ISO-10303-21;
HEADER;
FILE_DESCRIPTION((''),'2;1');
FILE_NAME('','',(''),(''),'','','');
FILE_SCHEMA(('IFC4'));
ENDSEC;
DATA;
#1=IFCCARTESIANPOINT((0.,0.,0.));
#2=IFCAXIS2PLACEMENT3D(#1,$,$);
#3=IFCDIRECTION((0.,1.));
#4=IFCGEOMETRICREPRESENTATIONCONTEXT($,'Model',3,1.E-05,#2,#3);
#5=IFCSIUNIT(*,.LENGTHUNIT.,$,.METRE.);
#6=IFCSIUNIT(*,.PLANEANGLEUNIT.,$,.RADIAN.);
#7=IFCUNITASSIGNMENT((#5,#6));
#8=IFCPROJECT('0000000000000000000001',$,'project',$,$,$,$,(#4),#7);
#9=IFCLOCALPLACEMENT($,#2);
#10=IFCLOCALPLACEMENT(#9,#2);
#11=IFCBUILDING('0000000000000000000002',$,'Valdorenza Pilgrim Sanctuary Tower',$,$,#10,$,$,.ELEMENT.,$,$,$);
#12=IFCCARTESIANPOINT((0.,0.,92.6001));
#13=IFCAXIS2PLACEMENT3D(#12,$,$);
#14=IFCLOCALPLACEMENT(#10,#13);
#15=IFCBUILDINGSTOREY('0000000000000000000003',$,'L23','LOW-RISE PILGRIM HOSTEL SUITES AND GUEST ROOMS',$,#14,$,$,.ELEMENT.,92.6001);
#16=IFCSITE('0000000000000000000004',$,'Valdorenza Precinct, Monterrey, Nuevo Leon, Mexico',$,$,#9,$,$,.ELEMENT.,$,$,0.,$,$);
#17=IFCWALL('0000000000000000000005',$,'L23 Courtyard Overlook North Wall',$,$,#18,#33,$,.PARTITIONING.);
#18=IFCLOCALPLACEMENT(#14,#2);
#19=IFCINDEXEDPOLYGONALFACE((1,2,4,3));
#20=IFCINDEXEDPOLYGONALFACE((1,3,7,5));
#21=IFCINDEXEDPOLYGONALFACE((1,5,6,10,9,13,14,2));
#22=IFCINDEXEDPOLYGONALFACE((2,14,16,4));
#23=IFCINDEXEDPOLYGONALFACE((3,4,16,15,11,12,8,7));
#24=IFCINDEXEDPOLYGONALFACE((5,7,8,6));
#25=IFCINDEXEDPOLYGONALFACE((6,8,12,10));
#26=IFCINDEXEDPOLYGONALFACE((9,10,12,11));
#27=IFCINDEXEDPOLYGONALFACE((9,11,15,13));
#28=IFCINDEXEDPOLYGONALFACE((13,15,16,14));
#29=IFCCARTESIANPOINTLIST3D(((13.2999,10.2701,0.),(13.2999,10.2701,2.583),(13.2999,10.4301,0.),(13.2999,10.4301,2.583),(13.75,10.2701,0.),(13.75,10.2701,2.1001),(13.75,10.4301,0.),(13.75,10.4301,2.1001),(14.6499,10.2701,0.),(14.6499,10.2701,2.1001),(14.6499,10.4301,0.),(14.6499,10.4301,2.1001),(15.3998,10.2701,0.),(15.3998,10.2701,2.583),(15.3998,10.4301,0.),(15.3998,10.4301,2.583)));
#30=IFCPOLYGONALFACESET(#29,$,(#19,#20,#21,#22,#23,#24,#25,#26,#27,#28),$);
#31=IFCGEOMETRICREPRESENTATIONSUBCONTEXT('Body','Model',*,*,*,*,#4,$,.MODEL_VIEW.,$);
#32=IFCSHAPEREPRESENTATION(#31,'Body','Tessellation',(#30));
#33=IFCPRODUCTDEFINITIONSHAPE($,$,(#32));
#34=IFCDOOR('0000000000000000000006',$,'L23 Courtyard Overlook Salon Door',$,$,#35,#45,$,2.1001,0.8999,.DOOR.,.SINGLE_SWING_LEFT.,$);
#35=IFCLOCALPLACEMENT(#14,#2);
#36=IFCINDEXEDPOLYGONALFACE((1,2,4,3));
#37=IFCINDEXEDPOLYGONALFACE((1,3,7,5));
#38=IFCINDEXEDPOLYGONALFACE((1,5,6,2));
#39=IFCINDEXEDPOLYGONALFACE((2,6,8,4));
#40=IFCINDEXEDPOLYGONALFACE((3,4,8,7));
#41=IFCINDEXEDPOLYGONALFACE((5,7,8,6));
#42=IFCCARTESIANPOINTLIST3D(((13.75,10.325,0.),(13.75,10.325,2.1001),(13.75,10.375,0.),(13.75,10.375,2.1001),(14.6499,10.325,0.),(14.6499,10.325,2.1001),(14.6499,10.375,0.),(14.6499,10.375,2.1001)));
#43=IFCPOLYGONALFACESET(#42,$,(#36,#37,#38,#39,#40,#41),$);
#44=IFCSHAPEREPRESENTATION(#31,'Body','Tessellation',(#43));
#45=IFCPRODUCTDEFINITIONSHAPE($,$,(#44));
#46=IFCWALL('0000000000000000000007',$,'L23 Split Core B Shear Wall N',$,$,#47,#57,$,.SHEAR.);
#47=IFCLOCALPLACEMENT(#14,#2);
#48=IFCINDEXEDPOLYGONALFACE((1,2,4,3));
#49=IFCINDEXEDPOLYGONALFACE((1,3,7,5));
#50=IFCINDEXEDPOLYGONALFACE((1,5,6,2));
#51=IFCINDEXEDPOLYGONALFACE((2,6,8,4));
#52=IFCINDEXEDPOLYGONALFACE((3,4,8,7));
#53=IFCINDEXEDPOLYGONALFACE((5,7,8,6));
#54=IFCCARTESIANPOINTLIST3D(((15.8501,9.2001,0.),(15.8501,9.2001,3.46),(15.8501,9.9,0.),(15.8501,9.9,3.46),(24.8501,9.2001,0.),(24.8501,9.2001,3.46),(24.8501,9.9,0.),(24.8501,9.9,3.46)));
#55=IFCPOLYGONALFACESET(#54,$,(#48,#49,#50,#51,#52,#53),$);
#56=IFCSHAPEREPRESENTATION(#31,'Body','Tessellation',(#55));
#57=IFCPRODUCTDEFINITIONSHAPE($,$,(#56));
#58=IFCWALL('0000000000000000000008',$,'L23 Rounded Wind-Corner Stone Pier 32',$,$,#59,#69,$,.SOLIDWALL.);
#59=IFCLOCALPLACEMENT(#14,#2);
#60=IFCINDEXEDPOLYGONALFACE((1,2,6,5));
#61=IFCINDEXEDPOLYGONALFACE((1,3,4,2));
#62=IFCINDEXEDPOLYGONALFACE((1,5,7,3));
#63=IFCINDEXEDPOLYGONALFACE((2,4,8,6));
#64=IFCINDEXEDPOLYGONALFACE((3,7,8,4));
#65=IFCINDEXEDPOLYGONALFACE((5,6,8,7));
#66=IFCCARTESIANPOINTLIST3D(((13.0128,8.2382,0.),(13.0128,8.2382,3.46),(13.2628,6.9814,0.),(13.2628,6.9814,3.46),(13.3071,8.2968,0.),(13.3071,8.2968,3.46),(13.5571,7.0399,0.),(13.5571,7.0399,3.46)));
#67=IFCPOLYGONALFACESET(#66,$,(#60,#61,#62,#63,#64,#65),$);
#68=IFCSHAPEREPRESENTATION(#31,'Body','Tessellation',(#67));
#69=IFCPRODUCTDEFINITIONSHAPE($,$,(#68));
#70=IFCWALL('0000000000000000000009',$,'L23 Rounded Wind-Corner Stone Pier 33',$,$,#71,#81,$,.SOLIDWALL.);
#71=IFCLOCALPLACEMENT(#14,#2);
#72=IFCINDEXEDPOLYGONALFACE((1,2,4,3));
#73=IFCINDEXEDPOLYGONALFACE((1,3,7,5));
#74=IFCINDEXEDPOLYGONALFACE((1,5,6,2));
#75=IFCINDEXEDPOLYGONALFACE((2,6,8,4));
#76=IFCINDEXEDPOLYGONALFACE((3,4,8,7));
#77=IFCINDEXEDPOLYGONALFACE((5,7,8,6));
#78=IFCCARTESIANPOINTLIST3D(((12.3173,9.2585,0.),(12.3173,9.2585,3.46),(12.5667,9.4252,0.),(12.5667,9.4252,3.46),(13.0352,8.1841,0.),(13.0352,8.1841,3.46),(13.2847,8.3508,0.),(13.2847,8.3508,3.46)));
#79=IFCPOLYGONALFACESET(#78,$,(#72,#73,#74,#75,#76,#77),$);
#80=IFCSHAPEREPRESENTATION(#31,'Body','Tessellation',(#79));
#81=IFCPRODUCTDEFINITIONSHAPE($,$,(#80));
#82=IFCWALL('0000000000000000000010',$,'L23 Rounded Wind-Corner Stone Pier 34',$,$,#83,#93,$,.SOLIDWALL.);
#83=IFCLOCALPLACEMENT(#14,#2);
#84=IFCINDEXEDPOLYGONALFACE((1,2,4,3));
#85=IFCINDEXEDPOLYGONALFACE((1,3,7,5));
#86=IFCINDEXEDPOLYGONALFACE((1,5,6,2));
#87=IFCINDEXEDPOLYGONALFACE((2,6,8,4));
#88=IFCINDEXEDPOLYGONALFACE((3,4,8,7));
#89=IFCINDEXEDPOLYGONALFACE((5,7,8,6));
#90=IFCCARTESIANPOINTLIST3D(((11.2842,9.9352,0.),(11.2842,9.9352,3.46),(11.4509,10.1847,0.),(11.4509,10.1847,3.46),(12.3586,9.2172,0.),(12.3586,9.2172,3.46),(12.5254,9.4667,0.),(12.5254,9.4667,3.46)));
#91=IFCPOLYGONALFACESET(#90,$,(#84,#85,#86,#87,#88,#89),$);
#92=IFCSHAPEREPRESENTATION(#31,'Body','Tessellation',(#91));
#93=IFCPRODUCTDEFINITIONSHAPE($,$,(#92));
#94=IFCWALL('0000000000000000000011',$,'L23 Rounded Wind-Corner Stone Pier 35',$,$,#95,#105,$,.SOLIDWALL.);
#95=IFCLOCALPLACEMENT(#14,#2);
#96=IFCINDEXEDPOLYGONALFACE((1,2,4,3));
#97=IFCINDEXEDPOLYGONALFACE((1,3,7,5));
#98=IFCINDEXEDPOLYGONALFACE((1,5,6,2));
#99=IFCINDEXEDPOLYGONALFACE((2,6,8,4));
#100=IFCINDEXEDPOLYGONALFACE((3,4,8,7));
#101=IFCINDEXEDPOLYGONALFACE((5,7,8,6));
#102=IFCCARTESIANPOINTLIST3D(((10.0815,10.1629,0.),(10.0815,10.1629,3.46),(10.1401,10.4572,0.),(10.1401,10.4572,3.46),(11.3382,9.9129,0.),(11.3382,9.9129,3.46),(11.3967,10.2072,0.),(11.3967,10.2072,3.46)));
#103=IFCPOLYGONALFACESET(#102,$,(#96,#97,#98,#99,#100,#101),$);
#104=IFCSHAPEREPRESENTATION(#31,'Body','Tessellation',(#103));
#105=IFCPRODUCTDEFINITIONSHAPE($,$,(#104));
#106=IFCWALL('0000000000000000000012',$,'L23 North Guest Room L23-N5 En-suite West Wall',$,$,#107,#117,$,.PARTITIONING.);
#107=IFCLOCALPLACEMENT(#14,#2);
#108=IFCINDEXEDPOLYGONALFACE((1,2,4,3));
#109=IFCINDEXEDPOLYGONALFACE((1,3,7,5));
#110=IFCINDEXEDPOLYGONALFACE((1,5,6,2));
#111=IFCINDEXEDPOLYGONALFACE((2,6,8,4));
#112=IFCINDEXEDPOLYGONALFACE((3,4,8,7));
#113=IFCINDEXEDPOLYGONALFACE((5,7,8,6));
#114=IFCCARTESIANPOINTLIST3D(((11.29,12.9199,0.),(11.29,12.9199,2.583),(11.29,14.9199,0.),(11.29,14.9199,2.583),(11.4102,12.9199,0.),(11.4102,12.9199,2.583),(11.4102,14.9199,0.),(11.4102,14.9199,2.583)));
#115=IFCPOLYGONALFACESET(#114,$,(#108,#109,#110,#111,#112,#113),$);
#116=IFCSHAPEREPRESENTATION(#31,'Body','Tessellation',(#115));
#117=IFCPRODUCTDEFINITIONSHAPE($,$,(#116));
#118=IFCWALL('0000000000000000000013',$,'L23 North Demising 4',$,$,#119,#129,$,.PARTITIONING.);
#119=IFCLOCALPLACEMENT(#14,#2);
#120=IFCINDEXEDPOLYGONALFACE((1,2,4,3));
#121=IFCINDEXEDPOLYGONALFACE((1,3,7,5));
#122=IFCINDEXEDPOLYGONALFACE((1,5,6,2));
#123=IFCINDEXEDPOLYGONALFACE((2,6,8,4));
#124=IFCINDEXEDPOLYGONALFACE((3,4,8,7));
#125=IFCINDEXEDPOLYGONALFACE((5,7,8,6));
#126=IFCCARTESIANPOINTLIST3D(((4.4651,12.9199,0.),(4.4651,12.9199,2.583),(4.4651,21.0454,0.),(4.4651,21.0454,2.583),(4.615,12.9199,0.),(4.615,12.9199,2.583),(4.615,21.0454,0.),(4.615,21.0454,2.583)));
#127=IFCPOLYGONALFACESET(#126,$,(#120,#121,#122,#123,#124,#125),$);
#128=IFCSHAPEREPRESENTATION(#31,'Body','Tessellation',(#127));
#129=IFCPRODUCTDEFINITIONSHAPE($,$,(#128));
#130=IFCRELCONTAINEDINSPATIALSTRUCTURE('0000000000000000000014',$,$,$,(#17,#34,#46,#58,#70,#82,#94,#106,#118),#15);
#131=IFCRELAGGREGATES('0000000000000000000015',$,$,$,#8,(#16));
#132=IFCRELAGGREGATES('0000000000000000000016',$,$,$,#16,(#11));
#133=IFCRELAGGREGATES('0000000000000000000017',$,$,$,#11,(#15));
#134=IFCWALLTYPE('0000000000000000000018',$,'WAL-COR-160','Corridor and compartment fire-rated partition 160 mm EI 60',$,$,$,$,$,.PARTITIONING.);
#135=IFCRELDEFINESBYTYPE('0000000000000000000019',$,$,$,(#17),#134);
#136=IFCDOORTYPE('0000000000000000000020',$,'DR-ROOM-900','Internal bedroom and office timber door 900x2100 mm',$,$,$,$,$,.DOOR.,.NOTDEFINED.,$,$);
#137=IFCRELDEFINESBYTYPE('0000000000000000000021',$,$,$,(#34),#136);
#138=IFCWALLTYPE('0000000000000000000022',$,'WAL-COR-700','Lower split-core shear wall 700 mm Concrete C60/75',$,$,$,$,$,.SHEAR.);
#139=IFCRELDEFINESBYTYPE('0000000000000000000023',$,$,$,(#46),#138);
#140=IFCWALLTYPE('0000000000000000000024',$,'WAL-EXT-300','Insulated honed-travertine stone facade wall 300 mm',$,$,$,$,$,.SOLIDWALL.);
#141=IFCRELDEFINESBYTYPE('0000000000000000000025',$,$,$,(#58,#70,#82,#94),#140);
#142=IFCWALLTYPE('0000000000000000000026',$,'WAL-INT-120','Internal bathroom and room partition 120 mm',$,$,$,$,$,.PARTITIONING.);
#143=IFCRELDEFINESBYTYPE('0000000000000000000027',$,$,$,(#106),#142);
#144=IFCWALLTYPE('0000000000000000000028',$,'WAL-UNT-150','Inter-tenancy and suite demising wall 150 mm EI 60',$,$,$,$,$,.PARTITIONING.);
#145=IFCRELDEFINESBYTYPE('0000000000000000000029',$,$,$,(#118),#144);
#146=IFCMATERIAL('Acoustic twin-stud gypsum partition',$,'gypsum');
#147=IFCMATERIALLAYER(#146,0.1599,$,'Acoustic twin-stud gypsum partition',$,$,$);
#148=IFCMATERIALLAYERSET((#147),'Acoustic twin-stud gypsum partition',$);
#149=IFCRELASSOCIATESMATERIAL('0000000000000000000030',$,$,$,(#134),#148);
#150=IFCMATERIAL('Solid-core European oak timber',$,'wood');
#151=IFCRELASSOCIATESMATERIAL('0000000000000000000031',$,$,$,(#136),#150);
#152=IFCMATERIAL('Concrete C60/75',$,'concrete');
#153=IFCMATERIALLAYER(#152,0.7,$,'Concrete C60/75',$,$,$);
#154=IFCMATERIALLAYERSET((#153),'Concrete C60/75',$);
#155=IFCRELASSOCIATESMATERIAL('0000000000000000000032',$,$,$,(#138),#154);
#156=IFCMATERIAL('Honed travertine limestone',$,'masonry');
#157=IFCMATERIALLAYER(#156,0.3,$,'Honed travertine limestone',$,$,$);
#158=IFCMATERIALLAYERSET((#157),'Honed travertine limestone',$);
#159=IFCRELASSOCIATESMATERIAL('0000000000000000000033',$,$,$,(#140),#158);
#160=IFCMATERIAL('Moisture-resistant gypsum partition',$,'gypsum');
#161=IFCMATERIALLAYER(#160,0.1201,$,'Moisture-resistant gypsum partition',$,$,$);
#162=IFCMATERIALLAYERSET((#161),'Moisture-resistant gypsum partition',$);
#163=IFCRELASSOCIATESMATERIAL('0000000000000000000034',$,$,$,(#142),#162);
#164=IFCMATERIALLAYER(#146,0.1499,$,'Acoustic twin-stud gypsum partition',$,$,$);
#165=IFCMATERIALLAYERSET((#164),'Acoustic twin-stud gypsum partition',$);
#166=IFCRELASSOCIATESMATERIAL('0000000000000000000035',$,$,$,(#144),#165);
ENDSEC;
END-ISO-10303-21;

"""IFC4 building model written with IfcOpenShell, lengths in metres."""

from ifc_helpers import new_model, si_unit, direction, frame, frame_2d, origin, place, context, subcontext, project, spatial, rectangle, extrude, material, layer, layer_set, type_object, element, fill, save


model = new_model("IFC4")

# Units and contexts
model_context = context("Model", 3, precision=1e-05, world=origin(), true_north=direction((0.0, 1.0)))
body_context = subcontext(model_context, "Body", "Model", "MODEL_VIEW")
ifc_project = project(units=[si_unit("LENGTHUNIT", "METRE"), si_unit("PLANEANGLEUNIT", "RADIAN")], contexts=[model_context])

# Site, building, storey
site_placement = place(None, origin())
site = spatial("IfcSite", under=ifc_project, at=site_placement, Name="Valdorenza Precinct, Monterrey, Nuevo Leon, Mexico", CompositionType="ELEMENT", RefElevation=0.0)
building_placement = place(site_placement, origin())
building = spatial("IfcBuilding", under=site, at=building_placement, Name="Valdorenza Pilgrim Sanctuary Tower", CompositionType="ELEMENT")
storey_placement = place(building_placement, frame((0.0, 0.0, 92.6001)))
storey = spatial("IfcBuildingStorey", under=building, at=storey_placement, Name="L23", Description="LOW-RISE PILGRIM HOSTEL SUITES AND GUEST ROOMS", CompositionType="ELEMENT", Elevation=92.6001)

# Shared definitions
ifc_material_1 = material(Name="Honed travertine limestone", Category="masonry")

# Shared definitions
ifc_material_2 = material(Name="Acoustic twin-stud gypsum partition", Category="gypsum")
ifc_layer_1 = layer(ifc_material_2, 0.1599, Name="Acoustic twin-stud gypsum partition")
ifc_layer_set_1 = layer_set([ifc_layer_1], Name="Acoustic twin-stud gypsum partition")
wall_type_1 = type_object("IfcWallType", Name="WAL-COR-160", Description="Corridor and compartment fire-rated partition 160 mm EI 60", PredefinedType="PARTITIONING", material=ifc_layer_set_1)
ifc_material_3 = material(Name="Solid-core European oak timber", Category="wood")

# Wall, opening, door
wall_1_placement = place(storey_placement, frame((13.3, 10.3501, 0.0), z_axis=(0.0, 0.0, 1.0), x_axis=(1.0, 0.0, 0.0)))
wall_1 = element("IfcWall", 1, at=wall_1_placement, inside=storey, type_object=wall_type_1, Name="L23 Courtyard Overlook North Wall", PredefinedType="PARTITIONING", context=body_context, shape_type="SweptSolid", body=[
    extrude(rectangle(XDim=2.0999, YDim=0.1599, at=frame_2d((1.0498, 0.0))), origin(), (0.0, 0.0, 1.0), 2.583),
])
opening_1_placement = place(wall_1_placement, frame((0.45, 0.0, 0.0)))
opening_1 = element("IfcOpeningElement", 2, at=opening_1_placement, cuts=wall_1, PredefinedType="OPENING", context=body_context, shape_type="SweptSolid", body=[
    extrude(rectangle(XDim=0.8999, YDim=2.1001, at=frame_2d((0.45, 1.05))), frame((0.0, 0.0947, 0.0), z_axis=(0.0, -1.0, 0.0), x_axis=(1.0, 0.0, 0.0)), (0.0, 0.0, 1.0), 0.1897),
])
door_type_1 = type_object("IfcDoorType", Name="DR-ROOM-900", Description="Internal bedroom and office timber door 900x2100 mm", OperationType="NOTDEFINED", PredefinedType="DOOR", material=ifc_material_3)
door_1_placement = place(opening_1_placement, origin())
door_1 = element("IfcDoor", 3, at=door_1_placement, inside=storey, type_object=door_type_1, Name="L23 Courtyard Overlook Salon Door", OperationType="SINGLE_SWING_LEFT", OverallHeight=2.1001, OverallWidth=0.8999, PredefinedType="DOOR", context=body_context, shape_type="SweptSolid", body=[
    extrude(rectangle(XDim=0.8999, YDim=2.1001, at=frame_2d((0.45, 1.05))), frame((0.0, 0.0249, 0.0), z_axis=(0.0, -1.0, 0.0), x_axis=(1.0, 0.0, 0.0)), (0.0, 0.0, 1.0), 0.05),
])
fill(opening_1, door_1)

# Walls
ifc_material_4 = material(Name="Concrete C60/75", Category="concrete")
ifc_layer_2 = layer(ifc_material_4, 0.7, Name="Concrete C60/75")
ifc_layer_set_2 = layer_set([ifc_layer_2], Name="Concrete C60/75")
wall_type_2 = type_object("IfcWallType", Name="WAL-COR-700", Description="Lower split-core shear wall 700 mm Concrete C60/75", PredefinedType="SHEAR", material=ifc_layer_set_2)
wall_2_placement = place(storey_placement, frame((15.8501, 9.55, 0.0), z_axis=(0.0, 0.0, 1.0), x_axis=(1.0, 0.0, 0.0)))
element("IfcWall", 4, at=wall_2_placement, inside=storey, type_object=wall_type_2, Name="L23 Split Core B Shear Wall N", PredefinedType="SHEAR", context=body_context, shape_type="SweptSolid", body=[
    extrude(rectangle(XDim=9.0, YDim=0.7, at=frame_2d((4.5, 0.0))), origin(), (0.0, 0.0, 1.0), 3.46),
])
ifc_layer_3 = layer(ifc_material_1, 0.3, Name="Honed travertine limestone")
ifc_layer_set_3 = layer_set([ifc_layer_3], Name="Honed travertine limestone")
wall_type_3 = type_object("IfcWallType", Name="WAL-EXT-300", Description="Insulated honed-travertine stone facade wall 300 mm", PredefinedType="SOLIDWALL", material=ifc_layer_set_3)
wall_3_placement = place(storey_placement, frame((13.4099, 7.0107, 0.0), z_axis=(0.0, 0.0, 1.0), x_axis=(-0.19509, 0.980785, 0.0)))
element("IfcWall", 5, at=wall_3_placement, inside=storey, type_object=wall_type_3, Name="L23 Rounded Wind-Corner Stone Pier 32", PredefinedType="SOLIDWALL", context=body_context, shape_type="SweptSolid", body=[
    extrude(rectangle(XDim=1.2815, YDim=0.3, at=frame_2d((0.6406, 0.0))), origin(), (0.0, 0.0, 1.0), 3.46),
])
for number, where, z_axis, x_axis, name in (
    (6, (13.1599, 8.2676, 0.0), (0.0, 0.0, 1.0), (-0.555615, 0.831439, 0.0), "L23 Rounded Wind-Corner Stone Pier 33"),
    (7, (12.4419, 9.342, 0.0), (0.0, 0.0, 1.0), (-0.831439, 0.555615, 0.0), "L23 Rounded Wind-Corner Stone Pier 34"),
):
    element("IfcWall", number, at=place(storey_placement, frame(where, z_axis=z_axis, x_axis=x_axis)), inside=storey, type_object=wall_type_3, Name=name, PredefinedType="SOLIDWALL", context=body_context, shape_type="SweptSolid", body=[
        extrude(rectangle(XDim=1.2922, YDim=0.3, at=frame_2d((0.646, 0.0))), origin(), (0.0, 0.0, 1.0), 3.46),
    ])
wall_4_placement = place(storey_placement, frame((11.3674, 10.0601, 0.0), z_axis=(0.0, 0.0, 1.0), x_axis=(-0.980778, 0.195127, 0.0)))
element("IfcWall", 8, at=wall_4_placement, inside=storey, type_object=wall_type_3, Name="L23 Rounded Wind-Corner Stone Pier 35", PredefinedType="SOLIDWALL", context=body_context, shape_type="SweptSolid", body=[
    extrude(rectangle(XDim=1.2812, YDim=0.3, at=frame_2d((0.6406, 0.0))), origin(), (0.0, 0.0, 1.0), 3.46),
])
ifc_material_5 = material(Name="Moisture-resistant gypsum partition", Category="gypsum")
ifc_layer_4 = layer(ifc_material_5, 0.1201, Name="Moisture-resistant gypsum partition")
ifc_layer_set_4 = layer_set([ifc_layer_4], Name="Moisture-resistant gypsum partition")
wall_type_4 = type_object("IfcWallType", Name="WAL-INT-120", Description="Internal bathroom and room partition 120 mm", PredefinedType="PARTITIONING", material=ifc_layer_set_4)
wall_5_placement = place(storey_placement, frame((11.3501, 12.9199, 0.0), z_axis=(0.0, 0.0, 1.0), x_axis=(0.0, 1.0, 0.0)))
element("IfcWall", 9, at=wall_5_placement, inside=storey, type_object=wall_type_4, Name="L23 North Guest Room L23-N5 En-suite West Wall", PredefinedType="PARTITIONING", context=body_context, shape_type="SweptSolid", body=[
    extrude(rectangle(XDim=2.0, YDim=0.1201, at=frame_2d((1.0, 0.0))), origin(), (0.0, 0.0, 1.0), 2.583),
])
ifc_layer_5 = layer(ifc_material_2, 0.1499, Name="Acoustic twin-stud gypsum partition")
ifc_layer_set_5 = layer_set([ifc_layer_5], Name="Acoustic twin-stud gypsum partition")
wall_type_5 = type_object("IfcWallType", Name="WAL-UNT-150", Description="Inter-tenancy and suite demising wall 150 mm EI 60", PredefinedType="PARTITIONING", material=ifc_layer_set_5)
wall_6_placement = place(storey_placement, frame((4.54, 12.9199, 0.0), z_axis=(0.0, 0.0, 1.0), x_axis=(0.0, 1.0, 0.0)))
element("IfcWall", 10, at=wall_6_placement, inside=storey, type_object=wall_type_5, Name="L23 North Demising 4", PredefinedType="PARTITIONING", context=body_context, shape_type="SweptSolid", body=[
    extrude(rectangle(XDim=8.1255, YDim=0.1499, at=frame_2d((4.0627, 0.0))), origin(), (0.0, 0.0, 1.0), 2.583),
])

save(model, "model.ifc")
